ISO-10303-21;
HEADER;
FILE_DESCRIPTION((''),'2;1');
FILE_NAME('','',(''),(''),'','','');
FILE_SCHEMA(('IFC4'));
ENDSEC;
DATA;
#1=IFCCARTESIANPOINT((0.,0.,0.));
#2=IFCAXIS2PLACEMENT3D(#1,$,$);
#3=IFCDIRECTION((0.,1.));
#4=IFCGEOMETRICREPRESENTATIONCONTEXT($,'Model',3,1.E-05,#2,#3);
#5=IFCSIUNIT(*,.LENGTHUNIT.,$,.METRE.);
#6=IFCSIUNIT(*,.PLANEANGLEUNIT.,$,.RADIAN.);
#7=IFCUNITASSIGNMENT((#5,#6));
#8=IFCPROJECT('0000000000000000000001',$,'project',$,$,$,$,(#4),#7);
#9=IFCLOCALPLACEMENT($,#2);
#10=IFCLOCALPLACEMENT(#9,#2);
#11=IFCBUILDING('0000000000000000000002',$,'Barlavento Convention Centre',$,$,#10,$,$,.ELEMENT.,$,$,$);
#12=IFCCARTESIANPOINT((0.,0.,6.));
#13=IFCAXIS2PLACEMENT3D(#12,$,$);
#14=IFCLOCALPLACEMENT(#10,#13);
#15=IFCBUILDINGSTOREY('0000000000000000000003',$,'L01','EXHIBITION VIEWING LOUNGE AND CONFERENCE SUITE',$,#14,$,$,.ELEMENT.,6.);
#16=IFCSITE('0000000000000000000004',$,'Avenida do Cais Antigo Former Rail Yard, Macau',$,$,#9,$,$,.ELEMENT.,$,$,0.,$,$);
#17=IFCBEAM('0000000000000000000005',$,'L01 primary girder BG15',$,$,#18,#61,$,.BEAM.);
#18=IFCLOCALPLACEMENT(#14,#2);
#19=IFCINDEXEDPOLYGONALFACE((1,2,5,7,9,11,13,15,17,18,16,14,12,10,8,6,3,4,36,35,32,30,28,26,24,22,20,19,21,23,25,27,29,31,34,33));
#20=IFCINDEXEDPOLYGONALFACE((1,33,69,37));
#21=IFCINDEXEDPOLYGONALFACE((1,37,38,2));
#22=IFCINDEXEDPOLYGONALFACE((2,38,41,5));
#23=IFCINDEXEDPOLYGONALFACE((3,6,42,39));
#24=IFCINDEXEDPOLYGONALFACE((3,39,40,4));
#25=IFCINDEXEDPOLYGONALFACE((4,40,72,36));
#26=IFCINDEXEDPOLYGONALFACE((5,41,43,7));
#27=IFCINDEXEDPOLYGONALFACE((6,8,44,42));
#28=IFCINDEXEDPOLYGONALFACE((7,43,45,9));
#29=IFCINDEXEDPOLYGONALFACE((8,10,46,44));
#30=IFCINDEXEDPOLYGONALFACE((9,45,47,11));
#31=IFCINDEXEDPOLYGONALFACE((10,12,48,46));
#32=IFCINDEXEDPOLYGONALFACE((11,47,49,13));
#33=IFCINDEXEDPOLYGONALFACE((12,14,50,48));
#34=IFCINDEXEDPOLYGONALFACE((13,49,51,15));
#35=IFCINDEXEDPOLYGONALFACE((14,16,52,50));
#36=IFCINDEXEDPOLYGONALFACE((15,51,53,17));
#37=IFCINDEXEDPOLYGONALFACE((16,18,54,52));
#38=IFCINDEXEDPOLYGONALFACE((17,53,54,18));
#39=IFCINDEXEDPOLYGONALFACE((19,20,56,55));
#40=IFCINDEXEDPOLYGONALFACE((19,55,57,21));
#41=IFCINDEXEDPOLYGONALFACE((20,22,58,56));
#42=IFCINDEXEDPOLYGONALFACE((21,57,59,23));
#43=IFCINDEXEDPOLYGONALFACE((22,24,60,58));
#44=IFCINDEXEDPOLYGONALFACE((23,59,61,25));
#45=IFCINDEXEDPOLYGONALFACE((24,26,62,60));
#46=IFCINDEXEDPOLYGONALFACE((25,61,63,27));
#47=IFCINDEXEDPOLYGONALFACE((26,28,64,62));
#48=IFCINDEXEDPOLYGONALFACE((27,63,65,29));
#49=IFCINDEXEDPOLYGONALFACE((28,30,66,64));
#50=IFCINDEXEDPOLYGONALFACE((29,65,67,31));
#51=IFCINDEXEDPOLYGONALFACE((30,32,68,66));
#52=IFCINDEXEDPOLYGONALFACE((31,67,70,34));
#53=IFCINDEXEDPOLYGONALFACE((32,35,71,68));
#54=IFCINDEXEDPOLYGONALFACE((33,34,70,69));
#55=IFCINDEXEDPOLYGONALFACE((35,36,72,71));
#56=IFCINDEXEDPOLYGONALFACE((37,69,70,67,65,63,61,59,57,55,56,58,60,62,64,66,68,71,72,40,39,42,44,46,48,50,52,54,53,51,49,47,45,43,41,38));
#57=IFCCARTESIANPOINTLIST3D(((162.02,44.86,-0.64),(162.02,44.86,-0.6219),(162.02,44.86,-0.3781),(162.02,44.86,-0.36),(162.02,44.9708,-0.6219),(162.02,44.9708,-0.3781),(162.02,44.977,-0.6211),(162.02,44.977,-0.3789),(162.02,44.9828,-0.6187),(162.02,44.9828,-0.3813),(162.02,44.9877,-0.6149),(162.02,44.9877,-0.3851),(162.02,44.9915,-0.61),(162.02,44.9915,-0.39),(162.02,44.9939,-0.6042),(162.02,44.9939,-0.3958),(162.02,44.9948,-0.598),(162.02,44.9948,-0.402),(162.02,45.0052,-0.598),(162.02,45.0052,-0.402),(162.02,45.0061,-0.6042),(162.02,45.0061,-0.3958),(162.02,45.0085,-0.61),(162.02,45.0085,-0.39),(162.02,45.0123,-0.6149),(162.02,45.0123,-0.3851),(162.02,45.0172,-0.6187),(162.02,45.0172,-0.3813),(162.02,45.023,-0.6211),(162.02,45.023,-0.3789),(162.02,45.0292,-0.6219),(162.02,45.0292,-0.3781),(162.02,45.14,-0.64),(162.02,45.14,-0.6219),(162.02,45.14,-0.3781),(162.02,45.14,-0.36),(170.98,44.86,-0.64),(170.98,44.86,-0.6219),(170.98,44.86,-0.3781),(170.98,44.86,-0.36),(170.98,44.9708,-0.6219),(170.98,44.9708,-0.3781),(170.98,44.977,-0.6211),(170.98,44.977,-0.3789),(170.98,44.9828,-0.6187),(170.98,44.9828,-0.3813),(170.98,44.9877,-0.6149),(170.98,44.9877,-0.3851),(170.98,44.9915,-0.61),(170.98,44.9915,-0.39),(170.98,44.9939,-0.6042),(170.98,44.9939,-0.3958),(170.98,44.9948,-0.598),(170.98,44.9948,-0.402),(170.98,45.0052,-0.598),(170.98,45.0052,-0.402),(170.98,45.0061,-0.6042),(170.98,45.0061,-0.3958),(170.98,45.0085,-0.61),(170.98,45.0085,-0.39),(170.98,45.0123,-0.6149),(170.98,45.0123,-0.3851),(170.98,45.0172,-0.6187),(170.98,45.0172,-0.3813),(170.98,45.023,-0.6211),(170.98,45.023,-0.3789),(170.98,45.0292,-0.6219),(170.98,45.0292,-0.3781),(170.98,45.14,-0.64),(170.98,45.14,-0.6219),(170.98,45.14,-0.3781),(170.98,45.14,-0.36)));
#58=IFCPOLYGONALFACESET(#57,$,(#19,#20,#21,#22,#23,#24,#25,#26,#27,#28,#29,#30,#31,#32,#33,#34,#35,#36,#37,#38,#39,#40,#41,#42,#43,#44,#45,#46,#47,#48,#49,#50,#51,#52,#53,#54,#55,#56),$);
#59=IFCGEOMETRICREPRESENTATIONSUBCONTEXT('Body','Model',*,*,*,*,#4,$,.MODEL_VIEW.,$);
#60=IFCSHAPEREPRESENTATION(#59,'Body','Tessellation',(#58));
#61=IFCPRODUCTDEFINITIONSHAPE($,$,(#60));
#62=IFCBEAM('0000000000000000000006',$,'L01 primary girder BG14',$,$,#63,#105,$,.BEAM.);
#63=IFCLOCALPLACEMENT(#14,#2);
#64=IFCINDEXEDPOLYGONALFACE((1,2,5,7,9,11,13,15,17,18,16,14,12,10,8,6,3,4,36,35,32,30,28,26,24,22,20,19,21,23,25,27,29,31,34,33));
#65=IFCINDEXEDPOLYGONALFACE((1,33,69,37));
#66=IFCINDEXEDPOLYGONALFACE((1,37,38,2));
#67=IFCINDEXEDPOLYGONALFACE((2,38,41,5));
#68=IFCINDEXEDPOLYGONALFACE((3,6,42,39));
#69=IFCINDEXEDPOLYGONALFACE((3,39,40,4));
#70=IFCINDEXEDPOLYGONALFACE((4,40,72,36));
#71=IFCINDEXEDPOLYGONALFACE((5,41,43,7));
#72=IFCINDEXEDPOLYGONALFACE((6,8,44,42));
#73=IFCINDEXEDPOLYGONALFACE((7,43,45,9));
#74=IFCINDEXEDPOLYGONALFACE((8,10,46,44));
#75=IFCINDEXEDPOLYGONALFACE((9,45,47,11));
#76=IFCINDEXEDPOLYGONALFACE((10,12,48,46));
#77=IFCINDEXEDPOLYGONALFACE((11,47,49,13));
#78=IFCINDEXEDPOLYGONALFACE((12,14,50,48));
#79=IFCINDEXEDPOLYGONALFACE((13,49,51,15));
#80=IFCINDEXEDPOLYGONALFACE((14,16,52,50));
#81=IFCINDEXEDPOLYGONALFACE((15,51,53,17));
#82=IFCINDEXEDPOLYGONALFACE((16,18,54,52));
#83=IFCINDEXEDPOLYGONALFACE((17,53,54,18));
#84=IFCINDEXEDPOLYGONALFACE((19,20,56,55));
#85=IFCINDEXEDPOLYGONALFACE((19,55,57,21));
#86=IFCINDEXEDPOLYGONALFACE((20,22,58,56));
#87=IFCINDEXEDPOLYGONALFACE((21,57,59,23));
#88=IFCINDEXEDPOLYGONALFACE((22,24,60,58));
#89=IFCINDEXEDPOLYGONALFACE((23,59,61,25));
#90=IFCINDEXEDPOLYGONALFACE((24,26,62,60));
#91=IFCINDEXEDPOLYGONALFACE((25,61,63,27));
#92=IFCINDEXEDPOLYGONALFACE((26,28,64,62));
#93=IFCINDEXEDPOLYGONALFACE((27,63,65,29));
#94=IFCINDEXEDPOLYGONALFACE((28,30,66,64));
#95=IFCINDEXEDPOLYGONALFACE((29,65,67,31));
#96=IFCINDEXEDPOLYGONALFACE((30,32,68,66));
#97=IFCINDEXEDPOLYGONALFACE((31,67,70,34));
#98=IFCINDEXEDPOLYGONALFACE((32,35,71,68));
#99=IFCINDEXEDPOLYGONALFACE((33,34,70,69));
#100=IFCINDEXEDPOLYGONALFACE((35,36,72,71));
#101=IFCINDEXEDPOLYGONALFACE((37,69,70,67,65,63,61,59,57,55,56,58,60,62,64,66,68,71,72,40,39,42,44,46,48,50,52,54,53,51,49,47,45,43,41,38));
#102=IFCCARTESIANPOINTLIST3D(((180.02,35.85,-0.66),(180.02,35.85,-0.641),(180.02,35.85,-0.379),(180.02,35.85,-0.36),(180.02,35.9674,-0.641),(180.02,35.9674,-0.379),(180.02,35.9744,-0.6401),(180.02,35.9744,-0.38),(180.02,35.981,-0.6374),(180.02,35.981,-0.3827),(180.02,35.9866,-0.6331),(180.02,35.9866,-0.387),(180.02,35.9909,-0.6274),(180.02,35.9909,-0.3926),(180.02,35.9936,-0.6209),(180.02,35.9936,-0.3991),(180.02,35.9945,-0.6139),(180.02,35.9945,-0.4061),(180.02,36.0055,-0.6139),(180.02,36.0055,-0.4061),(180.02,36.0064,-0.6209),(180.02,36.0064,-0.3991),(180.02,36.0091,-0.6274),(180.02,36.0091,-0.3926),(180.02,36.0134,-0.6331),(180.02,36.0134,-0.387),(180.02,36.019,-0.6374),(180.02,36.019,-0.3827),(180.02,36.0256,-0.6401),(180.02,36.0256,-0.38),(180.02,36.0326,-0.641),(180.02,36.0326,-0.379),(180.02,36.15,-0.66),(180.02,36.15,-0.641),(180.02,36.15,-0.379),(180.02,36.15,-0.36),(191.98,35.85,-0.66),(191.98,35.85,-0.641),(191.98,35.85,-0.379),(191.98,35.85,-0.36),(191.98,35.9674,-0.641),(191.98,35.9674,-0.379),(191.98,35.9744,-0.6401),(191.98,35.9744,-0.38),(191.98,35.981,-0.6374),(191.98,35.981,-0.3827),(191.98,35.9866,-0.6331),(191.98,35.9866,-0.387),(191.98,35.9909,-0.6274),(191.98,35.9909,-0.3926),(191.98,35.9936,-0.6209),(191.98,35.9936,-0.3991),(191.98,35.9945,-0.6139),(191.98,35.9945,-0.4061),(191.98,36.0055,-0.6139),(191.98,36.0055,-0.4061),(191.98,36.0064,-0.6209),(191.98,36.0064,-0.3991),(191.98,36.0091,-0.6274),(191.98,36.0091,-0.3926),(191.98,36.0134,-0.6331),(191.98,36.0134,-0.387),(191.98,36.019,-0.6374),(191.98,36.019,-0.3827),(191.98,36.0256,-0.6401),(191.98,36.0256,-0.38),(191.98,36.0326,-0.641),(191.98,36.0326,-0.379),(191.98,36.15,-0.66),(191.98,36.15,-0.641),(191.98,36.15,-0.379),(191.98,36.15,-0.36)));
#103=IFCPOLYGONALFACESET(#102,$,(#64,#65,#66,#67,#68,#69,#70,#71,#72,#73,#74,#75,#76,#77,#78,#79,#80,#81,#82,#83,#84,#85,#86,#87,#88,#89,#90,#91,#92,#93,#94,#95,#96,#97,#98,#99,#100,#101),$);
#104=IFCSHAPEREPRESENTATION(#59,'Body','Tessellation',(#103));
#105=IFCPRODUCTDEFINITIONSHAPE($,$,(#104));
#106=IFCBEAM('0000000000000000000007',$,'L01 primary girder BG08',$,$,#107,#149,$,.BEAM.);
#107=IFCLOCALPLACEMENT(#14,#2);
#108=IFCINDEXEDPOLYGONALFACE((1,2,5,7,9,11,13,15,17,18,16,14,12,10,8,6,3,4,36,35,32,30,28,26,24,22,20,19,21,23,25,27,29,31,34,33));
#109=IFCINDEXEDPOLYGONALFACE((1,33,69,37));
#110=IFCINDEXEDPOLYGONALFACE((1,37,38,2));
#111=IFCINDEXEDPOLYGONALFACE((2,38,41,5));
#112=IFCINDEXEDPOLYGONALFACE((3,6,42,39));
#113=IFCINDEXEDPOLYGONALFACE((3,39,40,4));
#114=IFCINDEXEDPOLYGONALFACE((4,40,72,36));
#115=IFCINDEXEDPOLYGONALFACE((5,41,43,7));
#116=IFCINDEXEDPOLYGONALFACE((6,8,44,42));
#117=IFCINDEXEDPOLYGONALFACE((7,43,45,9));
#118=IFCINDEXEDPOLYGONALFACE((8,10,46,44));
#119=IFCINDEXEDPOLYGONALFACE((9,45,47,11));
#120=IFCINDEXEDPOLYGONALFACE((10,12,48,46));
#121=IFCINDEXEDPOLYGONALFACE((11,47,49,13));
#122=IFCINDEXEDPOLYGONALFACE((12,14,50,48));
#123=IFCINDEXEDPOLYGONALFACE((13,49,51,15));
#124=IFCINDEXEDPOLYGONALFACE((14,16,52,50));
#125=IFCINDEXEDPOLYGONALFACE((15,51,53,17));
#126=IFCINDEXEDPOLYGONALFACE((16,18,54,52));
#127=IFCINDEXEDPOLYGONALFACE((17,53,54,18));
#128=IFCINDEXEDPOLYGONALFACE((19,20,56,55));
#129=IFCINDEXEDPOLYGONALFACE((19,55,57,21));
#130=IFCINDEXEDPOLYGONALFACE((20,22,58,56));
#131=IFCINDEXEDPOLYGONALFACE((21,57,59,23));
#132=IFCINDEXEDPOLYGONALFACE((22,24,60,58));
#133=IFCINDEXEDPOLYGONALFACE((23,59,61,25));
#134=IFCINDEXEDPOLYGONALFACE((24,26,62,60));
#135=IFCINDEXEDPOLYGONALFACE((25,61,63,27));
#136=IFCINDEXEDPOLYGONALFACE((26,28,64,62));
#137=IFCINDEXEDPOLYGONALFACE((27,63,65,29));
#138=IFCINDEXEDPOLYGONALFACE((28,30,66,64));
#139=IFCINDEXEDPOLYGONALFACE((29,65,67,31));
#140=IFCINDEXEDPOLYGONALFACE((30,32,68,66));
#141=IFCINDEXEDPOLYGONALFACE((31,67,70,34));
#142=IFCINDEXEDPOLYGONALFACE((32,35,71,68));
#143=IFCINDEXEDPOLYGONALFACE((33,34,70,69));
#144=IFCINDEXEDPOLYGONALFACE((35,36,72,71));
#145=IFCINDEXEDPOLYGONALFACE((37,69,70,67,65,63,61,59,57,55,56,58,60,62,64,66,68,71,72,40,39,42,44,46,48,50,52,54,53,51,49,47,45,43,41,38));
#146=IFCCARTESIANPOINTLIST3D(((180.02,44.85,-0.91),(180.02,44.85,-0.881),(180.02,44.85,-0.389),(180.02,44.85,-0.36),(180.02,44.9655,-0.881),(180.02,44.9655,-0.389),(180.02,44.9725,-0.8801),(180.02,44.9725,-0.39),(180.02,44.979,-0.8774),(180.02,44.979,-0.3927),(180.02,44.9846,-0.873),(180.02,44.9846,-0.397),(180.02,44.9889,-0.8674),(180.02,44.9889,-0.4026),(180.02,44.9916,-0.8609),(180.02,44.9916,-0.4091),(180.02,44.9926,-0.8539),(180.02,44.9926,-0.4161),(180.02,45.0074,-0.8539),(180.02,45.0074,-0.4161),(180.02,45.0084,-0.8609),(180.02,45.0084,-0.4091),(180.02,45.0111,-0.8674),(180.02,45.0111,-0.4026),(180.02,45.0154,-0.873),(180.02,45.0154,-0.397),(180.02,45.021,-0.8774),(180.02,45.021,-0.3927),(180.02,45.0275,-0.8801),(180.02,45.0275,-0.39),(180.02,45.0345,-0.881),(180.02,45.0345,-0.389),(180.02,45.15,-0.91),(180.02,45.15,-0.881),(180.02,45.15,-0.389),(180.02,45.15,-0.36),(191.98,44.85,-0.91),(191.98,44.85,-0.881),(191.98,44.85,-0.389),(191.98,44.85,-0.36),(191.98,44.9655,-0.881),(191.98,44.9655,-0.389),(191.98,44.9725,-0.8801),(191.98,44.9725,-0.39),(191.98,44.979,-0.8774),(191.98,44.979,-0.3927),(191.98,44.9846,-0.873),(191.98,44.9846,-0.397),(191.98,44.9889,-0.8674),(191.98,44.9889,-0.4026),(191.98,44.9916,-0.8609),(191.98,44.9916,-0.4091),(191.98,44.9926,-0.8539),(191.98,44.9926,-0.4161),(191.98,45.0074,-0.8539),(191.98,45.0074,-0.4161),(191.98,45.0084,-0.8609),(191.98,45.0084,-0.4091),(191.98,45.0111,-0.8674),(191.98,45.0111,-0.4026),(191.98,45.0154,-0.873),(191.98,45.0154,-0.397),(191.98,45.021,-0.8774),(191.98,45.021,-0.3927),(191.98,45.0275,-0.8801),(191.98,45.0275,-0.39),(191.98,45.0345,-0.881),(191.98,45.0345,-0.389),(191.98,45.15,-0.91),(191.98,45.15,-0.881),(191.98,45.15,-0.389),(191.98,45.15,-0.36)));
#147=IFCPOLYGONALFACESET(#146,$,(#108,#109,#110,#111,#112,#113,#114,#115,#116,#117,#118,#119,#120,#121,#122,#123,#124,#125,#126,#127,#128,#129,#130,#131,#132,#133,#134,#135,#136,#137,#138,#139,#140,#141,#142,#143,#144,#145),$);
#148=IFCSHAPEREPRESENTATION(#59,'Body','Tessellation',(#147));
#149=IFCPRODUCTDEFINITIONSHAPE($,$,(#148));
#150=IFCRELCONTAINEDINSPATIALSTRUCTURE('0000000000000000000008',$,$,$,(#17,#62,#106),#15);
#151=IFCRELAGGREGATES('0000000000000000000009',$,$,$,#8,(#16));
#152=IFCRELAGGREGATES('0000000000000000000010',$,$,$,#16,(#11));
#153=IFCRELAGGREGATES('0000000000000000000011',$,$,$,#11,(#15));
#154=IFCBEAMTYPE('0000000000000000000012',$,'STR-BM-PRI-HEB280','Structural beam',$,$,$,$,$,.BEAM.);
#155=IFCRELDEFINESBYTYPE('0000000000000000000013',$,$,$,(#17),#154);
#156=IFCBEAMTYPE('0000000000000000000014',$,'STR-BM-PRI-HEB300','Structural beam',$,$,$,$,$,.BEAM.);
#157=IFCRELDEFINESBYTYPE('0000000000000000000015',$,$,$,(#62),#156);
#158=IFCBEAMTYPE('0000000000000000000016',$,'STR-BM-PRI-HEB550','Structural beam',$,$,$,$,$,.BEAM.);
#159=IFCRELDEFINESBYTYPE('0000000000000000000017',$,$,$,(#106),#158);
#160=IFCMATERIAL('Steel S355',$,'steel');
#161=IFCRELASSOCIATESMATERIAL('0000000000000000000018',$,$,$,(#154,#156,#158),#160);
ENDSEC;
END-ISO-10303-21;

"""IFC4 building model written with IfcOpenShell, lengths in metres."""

from ifc_helpers import new_model, si_unit, direction, frame, origin, origin_2d, place, context, subcontext, project, spatial, i_section, extrude, material, material_profile, profile_set, type_object, element, save


model = new_model("IFC4")

# Units and contexts
model_context = context("Model", 3, precision=1e-05, world=origin(), true_north=direction((0.0, 1.0)))
body_context = subcontext(model_context, "Body", "Model", "MODEL_VIEW")
ifc_project = project(units=[si_unit("LENGTHUNIT", "METRE"), si_unit("PLANEANGLEUNIT", "RADIAN")], contexts=[model_context])

# Site, building, storey
site_placement = place(None, origin())
site = spatial("IfcSite", under=ifc_project, at=site_placement, Name="Avenida do Cais Antigo Former Rail Yard, Macau", CompositionType="ELEMENT", RefElevation=0.0)
building_placement = place(site_placement, origin())
building = spatial("IfcBuilding", under=site, at=building_placement, Name="Barlavento Convention Centre", CompositionType="ELEMENT")
storey_placement = place(building_placement, frame((0.0, 0.0, 6.0)))
storey = spatial("IfcBuildingStorey", under=building, at=storey_placement, Name="L01", Description="EXHIBITION VIEWING LOUNGE AND CONFERENCE SUITE", CompositionType="ELEMENT", Elevation=6.0)

# Shared definitions
ifc_material_1 = material(Name="Steel S355", Category="steel")

# Beams
ifc_material_profile_1 = material_profile(ifc_material_1, i_section(OverallWidth=0.28, OverallDepth=0.28, WebThickness=0.0105, FlangeThickness=0.0181, FilletRadius=0.0239, at=origin_2d()), Name="HEB 280")
ifc_profile_set_1 = profile_set([ifc_material_profile_1], Name="Steel S355")
beam_type_1 = type_object("IfcBeamType", Name="STR-BM-PRI-HEB280", Description="Structural beam", PredefinedType="BEAM", material=ifc_profile_set_1)
beam_1_placement = place(storey_placement, frame((162.02, 45.0, -0.5), z_axis=(1.0, 0.0, 0.0), x_axis=(0.0, 1.0, 0.0)))
element("IfcBeam", 1, at=beam_1_placement, inside=storey, type_object=beam_type_1, Name="L01 primary girder BG15", PredefinedType="BEAM", context=body_context, shape_type="SweptSolid", body=[
    extrude(i_section(OverallWidth=0.28, OverallDepth=0.28, WebThickness=0.0105, FlangeThickness=0.0181, FilletRadius=0.0239, at=origin_2d()), origin(), (0.0, 0.0, 1.0), 8.96),
])
ifc_material_profile_2 = material_profile(ifc_material_1, i_section(OverallWidth=0.3, OverallDepth=0.3, WebThickness=0.011, FlangeThickness=0.019, FilletRadius=0.0271, at=origin_2d()), Name="HEB 300")
ifc_profile_set_2 = profile_set([ifc_material_profile_2], Name="Steel S355")
beam_type_2 = type_object("IfcBeamType", Name="STR-BM-PRI-HEB300", Description="Structural beam", PredefinedType="BEAM", material=ifc_profile_set_2)
beam_2_placement = place(storey_placement, frame((180.02, 36.0, -0.51), z_axis=(1.0, 0.0, 0.0), x_axis=(0.0, 1.0, 0.0)))
element("IfcBeam", 2, at=beam_2_placement, inside=storey, type_object=beam_type_2, Name="L01 primary girder BG14", PredefinedType="BEAM", context=body_context, shape_type="SweptSolid", body=[
    extrude(i_section(OverallWidth=0.3, OverallDepth=0.3, WebThickness=0.011, FlangeThickness=0.019, FilletRadius=0.0271, at=origin_2d()), origin(), (0.0, 0.0, 1.0), 11.96),
])
ifc_material_profile_3 = material_profile(ifc_material_1, i_section(OverallWidth=0.3, OverallDepth=0.55, WebThickness=0.0149, FlangeThickness=0.0291, FilletRadius=0.0271, at=origin_2d()), Name="HEB 550")
ifc_profile_set_3 = profile_set([ifc_material_profile_3], Name="Steel S355")
beam_type_3 = type_object("IfcBeamType", Name="STR-BM-PRI-HEB550", Description="Structural beam", PredefinedType="BEAM", material=ifc_profile_set_3)
beam_3_placement = place(storey_placement, frame((180.02, 45.0, -0.635), z_axis=(1.0, 0.0, 0.0), x_axis=(0.0, 1.0, 0.0)))
element("IfcBeam", 3, at=beam_3_placement, inside=storey, type_object=beam_type_3, Name="L01 primary girder BG08", PredefinedType="BEAM", context=body_context, shape_type="SweptSolid", body=[
    extrude(i_section(OverallWidth=0.3, OverallDepth=0.55, WebThickness=0.0149, FlangeThickness=0.0291, FilletRadius=0.0271, at=origin_2d()), origin(), (0.0, 0.0, 1.0), 11.96),
])

save(model, "model.ifc")
